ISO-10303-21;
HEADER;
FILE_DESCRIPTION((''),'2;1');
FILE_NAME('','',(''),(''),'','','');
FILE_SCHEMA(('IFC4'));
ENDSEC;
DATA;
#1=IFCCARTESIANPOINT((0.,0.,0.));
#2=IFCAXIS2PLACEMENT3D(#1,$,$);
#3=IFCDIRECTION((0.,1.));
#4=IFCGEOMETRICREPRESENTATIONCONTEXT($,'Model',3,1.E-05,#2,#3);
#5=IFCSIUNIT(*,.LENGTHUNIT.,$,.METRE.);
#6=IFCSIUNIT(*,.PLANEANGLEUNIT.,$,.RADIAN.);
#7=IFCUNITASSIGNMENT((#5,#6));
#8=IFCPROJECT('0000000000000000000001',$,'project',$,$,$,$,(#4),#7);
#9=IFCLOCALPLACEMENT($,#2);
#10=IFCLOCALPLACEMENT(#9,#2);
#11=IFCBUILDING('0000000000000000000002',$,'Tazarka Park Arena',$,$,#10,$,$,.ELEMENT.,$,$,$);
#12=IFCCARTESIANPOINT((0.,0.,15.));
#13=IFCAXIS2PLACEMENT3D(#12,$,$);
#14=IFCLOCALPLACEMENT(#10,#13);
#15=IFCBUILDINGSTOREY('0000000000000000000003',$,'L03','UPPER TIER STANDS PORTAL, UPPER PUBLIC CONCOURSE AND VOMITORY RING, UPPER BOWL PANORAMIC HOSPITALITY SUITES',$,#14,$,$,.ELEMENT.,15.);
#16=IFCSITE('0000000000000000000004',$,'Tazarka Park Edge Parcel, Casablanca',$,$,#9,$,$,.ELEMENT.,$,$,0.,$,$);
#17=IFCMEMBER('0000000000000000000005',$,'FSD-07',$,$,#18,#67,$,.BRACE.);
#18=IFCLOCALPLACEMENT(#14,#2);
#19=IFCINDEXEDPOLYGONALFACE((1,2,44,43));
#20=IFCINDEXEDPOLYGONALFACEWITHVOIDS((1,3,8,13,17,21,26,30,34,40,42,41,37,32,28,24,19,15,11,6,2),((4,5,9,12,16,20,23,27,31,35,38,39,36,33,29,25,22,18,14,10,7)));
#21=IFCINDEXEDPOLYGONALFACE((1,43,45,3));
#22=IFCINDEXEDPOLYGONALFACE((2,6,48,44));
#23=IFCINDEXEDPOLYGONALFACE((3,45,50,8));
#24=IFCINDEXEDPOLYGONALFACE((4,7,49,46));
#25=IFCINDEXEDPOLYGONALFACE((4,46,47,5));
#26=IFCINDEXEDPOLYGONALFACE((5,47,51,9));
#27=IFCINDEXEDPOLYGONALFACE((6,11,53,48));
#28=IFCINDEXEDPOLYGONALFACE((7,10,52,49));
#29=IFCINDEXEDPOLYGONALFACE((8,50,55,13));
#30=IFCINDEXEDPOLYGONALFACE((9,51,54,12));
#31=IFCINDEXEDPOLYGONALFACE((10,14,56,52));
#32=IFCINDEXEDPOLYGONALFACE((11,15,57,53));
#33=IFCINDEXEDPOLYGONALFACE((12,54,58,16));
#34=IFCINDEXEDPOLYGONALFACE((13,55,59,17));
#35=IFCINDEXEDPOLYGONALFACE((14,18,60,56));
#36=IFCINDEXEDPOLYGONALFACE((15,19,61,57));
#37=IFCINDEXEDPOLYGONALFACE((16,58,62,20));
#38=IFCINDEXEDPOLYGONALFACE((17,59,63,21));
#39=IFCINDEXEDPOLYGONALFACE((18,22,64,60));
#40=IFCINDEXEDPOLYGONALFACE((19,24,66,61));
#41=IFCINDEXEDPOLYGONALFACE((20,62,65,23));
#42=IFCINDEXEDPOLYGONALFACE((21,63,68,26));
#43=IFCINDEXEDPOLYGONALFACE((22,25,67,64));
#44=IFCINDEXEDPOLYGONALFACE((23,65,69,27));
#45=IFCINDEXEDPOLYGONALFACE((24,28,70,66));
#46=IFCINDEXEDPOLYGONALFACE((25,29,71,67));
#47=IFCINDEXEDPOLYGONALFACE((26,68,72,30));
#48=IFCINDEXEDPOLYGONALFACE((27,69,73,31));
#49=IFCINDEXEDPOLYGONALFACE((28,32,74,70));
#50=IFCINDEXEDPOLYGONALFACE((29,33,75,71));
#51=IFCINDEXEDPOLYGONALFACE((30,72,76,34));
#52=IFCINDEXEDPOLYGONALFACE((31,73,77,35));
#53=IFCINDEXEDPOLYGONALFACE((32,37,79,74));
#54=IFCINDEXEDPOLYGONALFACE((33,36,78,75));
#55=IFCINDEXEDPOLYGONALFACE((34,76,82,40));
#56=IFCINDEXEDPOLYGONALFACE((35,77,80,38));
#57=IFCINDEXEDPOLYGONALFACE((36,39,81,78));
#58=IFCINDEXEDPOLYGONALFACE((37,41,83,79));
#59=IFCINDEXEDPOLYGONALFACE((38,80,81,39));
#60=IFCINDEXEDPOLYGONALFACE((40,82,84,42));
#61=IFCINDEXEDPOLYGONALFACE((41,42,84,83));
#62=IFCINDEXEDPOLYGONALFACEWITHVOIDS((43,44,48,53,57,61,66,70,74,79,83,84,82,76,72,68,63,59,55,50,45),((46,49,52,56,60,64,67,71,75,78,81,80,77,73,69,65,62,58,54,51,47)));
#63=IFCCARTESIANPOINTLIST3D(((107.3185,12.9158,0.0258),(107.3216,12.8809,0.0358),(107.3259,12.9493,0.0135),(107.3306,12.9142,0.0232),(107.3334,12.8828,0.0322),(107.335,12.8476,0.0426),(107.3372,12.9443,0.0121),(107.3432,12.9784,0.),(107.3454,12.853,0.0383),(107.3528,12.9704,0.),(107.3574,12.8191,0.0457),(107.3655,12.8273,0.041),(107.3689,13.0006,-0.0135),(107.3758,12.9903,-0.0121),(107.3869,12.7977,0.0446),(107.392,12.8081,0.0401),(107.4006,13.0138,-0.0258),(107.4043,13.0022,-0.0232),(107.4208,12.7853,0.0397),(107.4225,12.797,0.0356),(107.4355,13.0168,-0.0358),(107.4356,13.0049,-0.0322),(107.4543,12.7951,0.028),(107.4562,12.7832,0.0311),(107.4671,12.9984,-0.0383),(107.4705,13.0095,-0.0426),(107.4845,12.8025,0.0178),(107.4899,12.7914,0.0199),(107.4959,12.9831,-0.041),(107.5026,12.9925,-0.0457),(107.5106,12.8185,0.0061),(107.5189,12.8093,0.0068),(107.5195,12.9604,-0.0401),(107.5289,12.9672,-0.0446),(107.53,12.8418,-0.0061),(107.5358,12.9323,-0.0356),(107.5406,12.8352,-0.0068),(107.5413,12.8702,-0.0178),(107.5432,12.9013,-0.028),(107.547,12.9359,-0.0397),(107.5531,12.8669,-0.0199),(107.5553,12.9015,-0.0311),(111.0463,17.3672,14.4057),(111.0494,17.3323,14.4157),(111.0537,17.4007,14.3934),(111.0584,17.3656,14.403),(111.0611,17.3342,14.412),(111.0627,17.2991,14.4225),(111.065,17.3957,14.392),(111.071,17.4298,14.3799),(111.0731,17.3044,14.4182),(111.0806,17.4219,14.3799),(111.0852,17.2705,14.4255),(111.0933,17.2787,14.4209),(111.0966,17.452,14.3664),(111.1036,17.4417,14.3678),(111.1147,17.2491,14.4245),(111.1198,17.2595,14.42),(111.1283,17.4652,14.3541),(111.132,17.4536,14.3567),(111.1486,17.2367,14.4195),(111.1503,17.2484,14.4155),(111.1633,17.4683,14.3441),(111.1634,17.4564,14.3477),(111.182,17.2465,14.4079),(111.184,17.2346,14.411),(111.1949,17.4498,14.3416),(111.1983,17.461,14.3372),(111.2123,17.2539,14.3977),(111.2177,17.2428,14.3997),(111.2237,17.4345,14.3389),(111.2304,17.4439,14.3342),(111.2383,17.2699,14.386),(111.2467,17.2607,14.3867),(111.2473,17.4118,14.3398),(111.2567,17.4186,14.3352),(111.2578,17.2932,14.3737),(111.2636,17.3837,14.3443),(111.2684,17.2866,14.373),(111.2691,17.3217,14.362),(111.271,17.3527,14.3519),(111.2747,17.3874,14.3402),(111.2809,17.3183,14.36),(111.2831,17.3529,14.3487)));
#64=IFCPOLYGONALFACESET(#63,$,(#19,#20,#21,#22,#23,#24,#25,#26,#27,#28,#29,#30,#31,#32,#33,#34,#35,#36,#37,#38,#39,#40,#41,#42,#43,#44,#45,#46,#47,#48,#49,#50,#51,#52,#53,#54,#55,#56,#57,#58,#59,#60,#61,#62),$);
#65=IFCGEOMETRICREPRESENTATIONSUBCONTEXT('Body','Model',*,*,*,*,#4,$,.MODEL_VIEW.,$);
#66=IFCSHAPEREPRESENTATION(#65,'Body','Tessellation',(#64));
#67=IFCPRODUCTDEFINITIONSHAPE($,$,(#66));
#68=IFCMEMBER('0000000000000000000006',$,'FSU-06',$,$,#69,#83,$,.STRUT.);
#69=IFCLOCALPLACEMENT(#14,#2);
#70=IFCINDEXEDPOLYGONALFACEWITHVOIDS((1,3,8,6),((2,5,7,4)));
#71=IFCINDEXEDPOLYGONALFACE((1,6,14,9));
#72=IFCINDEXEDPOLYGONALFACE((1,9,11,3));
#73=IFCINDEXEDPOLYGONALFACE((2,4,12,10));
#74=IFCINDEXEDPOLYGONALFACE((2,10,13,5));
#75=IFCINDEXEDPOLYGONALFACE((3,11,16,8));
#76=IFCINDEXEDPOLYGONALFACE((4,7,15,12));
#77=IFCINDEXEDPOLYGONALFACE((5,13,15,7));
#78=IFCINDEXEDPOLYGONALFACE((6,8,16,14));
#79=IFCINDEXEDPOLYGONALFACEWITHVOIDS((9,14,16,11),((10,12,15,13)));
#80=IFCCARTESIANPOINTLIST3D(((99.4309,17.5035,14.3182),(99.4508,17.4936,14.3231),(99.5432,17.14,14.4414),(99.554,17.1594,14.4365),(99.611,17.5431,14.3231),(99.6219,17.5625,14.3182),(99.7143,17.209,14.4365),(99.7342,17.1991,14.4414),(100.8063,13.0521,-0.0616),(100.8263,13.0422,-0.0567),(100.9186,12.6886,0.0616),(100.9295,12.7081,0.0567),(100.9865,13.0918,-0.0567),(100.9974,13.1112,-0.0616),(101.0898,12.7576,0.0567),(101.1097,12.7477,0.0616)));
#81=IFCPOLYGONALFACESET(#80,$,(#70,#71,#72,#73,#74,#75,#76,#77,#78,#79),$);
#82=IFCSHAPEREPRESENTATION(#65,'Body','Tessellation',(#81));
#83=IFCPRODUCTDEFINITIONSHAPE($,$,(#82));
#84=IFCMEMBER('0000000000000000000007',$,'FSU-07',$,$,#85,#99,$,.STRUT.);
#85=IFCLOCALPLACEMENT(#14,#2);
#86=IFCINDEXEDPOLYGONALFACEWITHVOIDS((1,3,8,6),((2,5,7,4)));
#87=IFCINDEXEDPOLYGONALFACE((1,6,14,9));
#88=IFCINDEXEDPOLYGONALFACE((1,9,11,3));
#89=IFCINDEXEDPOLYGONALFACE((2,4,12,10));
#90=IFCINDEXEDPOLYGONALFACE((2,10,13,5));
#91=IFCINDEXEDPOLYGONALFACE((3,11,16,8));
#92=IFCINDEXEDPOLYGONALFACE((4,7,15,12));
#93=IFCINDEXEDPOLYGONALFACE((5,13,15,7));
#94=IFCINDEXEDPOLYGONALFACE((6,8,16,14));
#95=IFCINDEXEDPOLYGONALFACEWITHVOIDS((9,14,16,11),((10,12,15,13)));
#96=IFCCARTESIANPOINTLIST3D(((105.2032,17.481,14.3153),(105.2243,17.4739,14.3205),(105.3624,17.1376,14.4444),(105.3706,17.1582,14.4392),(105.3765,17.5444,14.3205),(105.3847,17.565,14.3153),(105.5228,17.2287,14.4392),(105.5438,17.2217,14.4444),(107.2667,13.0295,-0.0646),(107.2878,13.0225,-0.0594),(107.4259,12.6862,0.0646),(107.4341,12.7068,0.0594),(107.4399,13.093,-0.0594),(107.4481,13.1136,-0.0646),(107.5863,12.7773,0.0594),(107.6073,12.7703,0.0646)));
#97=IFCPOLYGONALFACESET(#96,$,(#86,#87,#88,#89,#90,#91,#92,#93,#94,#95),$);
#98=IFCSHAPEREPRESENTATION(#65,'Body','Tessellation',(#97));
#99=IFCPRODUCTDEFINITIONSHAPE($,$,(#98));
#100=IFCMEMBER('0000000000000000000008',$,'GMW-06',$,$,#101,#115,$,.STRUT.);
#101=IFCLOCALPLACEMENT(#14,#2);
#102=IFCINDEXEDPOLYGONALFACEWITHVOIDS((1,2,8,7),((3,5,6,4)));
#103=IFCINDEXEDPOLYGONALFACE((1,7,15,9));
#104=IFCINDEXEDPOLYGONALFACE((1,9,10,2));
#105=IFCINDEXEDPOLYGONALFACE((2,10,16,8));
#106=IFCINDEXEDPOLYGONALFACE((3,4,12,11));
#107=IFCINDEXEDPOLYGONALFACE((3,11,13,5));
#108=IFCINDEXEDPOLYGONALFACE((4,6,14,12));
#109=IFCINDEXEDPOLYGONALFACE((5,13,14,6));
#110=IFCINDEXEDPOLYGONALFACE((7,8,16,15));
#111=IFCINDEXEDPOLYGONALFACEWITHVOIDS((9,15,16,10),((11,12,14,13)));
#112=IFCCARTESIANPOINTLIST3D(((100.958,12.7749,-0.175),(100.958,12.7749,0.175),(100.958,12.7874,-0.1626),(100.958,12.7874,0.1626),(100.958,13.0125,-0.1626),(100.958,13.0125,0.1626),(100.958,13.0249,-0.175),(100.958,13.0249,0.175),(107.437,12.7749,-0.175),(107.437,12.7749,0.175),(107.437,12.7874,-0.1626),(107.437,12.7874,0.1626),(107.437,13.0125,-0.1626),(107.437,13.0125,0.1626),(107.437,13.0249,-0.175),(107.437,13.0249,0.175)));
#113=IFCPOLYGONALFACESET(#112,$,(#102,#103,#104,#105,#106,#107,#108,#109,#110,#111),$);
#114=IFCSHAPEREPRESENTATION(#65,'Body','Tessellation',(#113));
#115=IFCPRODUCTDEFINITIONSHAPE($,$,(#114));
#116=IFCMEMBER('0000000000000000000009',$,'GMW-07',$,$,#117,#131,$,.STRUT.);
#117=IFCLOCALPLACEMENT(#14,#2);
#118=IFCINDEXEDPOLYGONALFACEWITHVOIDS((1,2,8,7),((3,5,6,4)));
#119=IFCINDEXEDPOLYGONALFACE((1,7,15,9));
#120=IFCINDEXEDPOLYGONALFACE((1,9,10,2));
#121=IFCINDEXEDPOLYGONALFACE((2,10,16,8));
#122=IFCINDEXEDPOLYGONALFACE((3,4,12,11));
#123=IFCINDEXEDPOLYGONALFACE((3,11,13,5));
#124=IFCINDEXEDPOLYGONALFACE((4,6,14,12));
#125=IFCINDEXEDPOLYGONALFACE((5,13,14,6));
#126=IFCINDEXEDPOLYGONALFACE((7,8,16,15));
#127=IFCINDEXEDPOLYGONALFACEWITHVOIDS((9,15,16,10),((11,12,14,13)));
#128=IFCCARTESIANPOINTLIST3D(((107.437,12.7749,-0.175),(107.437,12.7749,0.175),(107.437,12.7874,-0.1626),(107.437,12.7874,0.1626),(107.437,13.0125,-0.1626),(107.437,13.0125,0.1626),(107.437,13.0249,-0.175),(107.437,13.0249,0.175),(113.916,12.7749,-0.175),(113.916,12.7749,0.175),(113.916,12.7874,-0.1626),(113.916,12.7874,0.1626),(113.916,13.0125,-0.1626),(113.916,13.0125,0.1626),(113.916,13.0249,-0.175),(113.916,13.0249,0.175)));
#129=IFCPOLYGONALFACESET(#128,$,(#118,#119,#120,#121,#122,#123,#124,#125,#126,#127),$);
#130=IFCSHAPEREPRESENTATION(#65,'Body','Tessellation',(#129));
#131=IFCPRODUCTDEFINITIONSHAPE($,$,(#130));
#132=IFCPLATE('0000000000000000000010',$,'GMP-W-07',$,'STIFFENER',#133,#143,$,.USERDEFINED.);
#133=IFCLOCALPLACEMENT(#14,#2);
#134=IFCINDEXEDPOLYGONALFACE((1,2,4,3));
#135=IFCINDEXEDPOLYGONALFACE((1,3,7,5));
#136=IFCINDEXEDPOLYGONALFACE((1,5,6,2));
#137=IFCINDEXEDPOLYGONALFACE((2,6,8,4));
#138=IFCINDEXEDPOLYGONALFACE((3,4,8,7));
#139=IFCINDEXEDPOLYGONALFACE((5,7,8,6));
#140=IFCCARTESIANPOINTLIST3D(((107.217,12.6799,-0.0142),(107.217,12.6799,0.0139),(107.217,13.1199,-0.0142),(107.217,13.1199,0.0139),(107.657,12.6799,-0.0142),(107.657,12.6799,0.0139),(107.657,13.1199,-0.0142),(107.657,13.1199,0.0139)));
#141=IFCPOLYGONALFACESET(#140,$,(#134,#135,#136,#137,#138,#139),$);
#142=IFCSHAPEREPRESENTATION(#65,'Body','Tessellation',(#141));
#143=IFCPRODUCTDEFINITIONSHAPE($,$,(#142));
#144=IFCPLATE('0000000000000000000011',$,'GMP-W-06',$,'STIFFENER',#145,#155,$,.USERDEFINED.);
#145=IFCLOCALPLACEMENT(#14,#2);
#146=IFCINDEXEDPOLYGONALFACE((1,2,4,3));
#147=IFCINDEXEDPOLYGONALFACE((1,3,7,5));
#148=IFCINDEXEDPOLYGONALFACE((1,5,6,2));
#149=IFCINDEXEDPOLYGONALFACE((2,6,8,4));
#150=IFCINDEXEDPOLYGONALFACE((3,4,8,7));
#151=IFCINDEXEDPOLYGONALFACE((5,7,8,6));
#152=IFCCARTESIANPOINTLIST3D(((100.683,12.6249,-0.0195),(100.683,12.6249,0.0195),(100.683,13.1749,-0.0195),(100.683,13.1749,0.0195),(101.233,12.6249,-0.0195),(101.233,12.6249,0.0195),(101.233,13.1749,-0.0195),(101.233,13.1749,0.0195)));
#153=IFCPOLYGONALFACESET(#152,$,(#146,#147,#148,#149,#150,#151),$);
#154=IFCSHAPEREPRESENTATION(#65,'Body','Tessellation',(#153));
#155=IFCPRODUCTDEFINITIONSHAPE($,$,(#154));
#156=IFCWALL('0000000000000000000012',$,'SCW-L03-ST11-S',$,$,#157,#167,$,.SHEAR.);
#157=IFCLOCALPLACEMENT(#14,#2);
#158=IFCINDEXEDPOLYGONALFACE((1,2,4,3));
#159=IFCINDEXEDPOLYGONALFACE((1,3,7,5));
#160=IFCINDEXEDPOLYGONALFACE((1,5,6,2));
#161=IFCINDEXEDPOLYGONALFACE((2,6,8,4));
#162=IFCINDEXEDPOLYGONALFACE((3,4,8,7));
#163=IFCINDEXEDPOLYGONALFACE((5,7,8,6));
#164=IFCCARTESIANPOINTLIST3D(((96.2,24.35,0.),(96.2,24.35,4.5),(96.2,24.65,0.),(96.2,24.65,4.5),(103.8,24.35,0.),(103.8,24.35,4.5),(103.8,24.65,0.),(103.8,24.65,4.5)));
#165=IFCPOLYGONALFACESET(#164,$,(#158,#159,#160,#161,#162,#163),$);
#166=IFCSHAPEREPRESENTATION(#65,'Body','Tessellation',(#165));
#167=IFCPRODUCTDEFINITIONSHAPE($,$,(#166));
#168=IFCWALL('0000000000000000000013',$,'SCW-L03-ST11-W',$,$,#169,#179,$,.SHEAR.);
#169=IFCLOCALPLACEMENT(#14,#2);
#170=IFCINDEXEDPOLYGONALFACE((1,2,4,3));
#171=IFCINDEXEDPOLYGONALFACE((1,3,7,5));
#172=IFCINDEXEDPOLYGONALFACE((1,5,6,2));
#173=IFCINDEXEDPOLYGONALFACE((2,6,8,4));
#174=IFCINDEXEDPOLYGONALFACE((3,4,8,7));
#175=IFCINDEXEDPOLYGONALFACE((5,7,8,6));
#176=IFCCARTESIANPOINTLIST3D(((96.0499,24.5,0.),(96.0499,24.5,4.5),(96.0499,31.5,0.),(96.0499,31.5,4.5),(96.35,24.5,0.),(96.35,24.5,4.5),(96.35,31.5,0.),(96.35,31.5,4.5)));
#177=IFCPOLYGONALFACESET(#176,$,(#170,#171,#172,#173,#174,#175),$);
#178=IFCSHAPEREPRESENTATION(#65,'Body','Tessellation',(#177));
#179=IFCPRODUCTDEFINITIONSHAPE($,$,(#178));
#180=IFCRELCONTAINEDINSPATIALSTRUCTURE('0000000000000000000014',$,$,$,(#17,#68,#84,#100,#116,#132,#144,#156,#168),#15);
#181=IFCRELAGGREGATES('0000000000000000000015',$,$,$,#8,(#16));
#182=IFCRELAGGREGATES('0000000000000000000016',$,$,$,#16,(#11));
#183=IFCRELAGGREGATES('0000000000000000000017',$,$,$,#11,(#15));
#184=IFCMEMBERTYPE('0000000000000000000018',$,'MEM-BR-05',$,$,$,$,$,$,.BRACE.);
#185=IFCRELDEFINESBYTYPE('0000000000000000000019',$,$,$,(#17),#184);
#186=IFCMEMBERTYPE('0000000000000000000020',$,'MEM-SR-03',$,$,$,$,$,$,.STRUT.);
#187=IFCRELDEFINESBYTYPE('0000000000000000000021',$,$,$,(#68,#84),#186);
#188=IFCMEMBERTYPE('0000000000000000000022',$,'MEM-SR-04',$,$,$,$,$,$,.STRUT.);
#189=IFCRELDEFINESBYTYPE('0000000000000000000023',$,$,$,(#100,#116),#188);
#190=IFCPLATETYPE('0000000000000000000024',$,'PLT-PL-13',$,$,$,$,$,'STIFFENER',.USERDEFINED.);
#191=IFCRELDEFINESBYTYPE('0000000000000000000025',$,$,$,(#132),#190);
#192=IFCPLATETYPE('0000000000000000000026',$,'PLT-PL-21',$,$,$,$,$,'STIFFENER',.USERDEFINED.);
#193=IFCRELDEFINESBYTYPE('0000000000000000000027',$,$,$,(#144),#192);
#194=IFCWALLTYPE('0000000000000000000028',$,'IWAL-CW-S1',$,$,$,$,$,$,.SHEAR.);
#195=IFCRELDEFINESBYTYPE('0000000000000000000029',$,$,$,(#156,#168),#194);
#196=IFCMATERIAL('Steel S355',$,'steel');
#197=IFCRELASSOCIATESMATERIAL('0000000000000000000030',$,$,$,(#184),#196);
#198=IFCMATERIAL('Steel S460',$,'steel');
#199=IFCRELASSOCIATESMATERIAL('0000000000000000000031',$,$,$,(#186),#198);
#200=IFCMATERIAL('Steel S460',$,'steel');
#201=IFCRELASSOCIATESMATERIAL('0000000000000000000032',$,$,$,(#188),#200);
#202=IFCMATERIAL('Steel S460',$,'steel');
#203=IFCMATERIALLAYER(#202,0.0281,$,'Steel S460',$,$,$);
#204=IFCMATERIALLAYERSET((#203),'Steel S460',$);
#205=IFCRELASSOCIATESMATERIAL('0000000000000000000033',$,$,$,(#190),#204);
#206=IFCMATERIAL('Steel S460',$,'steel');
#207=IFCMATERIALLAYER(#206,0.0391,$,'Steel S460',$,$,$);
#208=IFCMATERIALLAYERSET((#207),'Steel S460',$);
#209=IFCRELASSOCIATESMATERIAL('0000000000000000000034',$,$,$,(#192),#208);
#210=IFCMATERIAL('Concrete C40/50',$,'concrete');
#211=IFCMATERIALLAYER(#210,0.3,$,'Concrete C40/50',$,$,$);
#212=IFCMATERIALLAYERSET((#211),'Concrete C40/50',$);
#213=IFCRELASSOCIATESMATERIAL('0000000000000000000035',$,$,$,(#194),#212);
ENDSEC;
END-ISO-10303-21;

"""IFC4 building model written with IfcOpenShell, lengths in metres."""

from ifc_helpers import new_model, si_unit, direction, frame, frame_2d, origin, origin_2d, place, context, subcontext, project, spatial, rectangle, hollow_rectangle, hollow_circle, extrude, material, layer, layer_set, material_profile, profile_set, type_object, element, save


model = new_model("IFC4")

# Units and contexts
model_context = context("Model", 3, precision=1e-05, world=origin(), true_north=direction((0.0, 1.0)))
body_context = subcontext(model_context, "Body", "Model", "MODEL_VIEW")
ifc_project = project(units=[si_unit("LENGTHUNIT", "METRE"), si_unit("PLANEANGLEUNIT", "RADIAN")], contexts=[model_context])

# Site, building, storey
site_placement = place(None, origin())
site = spatial("IfcSite", under=ifc_project, at=site_placement, Name="Tazarka Park Edge Parcel, Casablanca", CompositionType="ELEMENT", RefElevation=0.0)
building_placement = place(site_placement, origin())
building = spatial("IfcBuilding", under=site, at=building_placement, Name="Tazarka Park Arena", CompositionType="ELEMENT")
storey_placement = place(building_placement, frame((0.0, 0.0, 15.0)))
storey = spatial("IfcBuildingStorey", under=building, at=storey_placement, Name="L03", Description="UPPER TIER STANDS PORTAL, UPPER PUBLIC CONCOURSE AND VOMITORY RING, UPPER BOWL PANORAMIC HOSPITALITY SUITES", CompositionType="ELEMENT", Elevation=15.0)

# Members
ifc_material_1 = material(Name="Steel S355", Category="steel")
ifc_material_profile_1 = material_profile(ifc_material_1, hollow_circle(Radius=0.1223, WallThickness=0.0125, at=origin_2d()), Name="Steel S355")
ifc_profile_set_1 = profile_set([ifc_material_profile_1], Name="Steel S355")
member_type_1 = type_object("IfcMemberType", Name="MEM-BR-05", PredefinedType="BRACE", material=ifc_profile_set_1)
member_1_placement = place(storey_placement, frame((107.437, 12.8999, 0.0), z_axis=(0.240381, 0.287043, 0.927267), x_axis=(-0.766672, 0.64204, 0.0)))
element("IfcMember", 1, at=member_1_placement, inside=storey, type_object=member_type_1, Name="FSD-07", PredefinedType="BRACE", context=body_context, shape_type="SweptSolid", body=[
    extrude(hollow_circle(Radius=0.1223, WallThickness=0.0125, at=origin_2d()), origin(), (0.0, 0.0, 1.0), 15.5078),
])
ifc_material_2 = material(Name="Steel S460", Category="steel")
ifc_material_profile_2 = material_profile(ifc_material_2, hollow_rectangle(XDim=0.2, YDim=0.3999, WallThickness=0.0161, at=origin_2d()), Name="Steel S460")
ifc_profile_set_2 = profile_set([ifc_material_profile_2], Name="Steel S460")
member_type_2 = type_object("IfcMemberType", Name="MEM-SR-03", PredefinedType="STRUT", material=ifc_profile_set_2)
member_2_placement = place(storey_placement, frame((100.958, 12.8999, 0.0), z_axis=(-0.090997, 0.294487, 0.951313), x_axis=(-0.955427, -0.295227, 0.0)))
element("IfcMember", 2, at=member_2_placement, inside=storey, type_object=member_type_2, Name="FSU-06", PredefinedType="STRUT", context=body_context, shape_type="SweptSolid", body=[
    extrude(hollow_rectangle(XDim=0.2, YDim=0.3999, WallThickness=0.0161, at=origin_2d()), origin(), (0.0, 0.0, 1.0), 15.1157),
])
member_3_placement = place(storey_placement, frame((107.437, 12.8999, 0.0), z_axis=(-0.13581, 0.292974, 0.946426), x_axis=(-0.907262, -0.420566, 0.0)))
element("IfcMember", 3, at=member_3_placement, inside=storey, type_object=member_type_2, Name="FSU-07", PredefinedType="STRUT", context=body_context, shape_type="SweptSolid", body=[
    extrude(hollow_rectangle(XDim=0.2, YDim=0.3999, WallThickness=0.0161, at=origin_2d()), origin(), (0.0, 0.0, 1.0), 15.1938),
])
ifc_material_3 = material(Name="Steel S460", Category="steel")
ifc_material_profile_3 = material_profile(ifc_material_3, hollow_rectangle(XDim=0.25, YDim=0.3501, WallThickness=0.0125, at=origin_2d()), Name="Steel S460")
ifc_profile_set_3 = profile_set([ifc_material_profile_3], Name="Steel S460")
member_type_3 = type_object("IfcMemberType", Name="MEM-SR-04", PredefinedType="STRUT", material=ifc_profile_set_3)
for number, where, z_axis, x_axis, name in (
    (4, (100.958, 12.8999, 0.0), (1.0, 0.0, 0.0), (0.0, 1.0, 0.0), "GMW-06"),
    (5, (107.437, 12.8999, 0.0), (1.0, 0.0, 0.0), (0.0, 1.0, 0.0), "GMW-07"),
):
    element("IfcMember", number, at=place(storey_placement, frame(where, z_axis=z_axis, x_axis=x_axis)), inside=storey, type_object=member_type_3, Name=name, PredefinedType="STRUT", context=body_context, shape_type="SweptSolid", body=[
        extrude(hollow_rectangle(XDim=0.25, YDim=0.3501, WallThickness=0.0125, at=origin_2d()), origin(), (0.0, 0.0, 1.0), 6.479),
    ])

# Plates
ifc_material_4 = material(Name="Steel S460", Category="steel")
ifc_layer_1 = layer(ifc_material_4, 0.0281, Name="Steel S460")
ifc_layer_set_1 = layer_set([ifc_layer_1], Name="Steel S460")
plate_type_1 = type_object("IfcPlateType", Name="PLT-PL-13", ElementType="STIFFENER", PredefinedType="USERDEFINED", material=ifc_layer_set_1)
plate_1_placement = place(storey_placement, frame((107.437, 12.8999, -0.0142), z_axis=(0.0, 0.0, 1.0), x_axis=(1.0, 0.0, 0.0)))
element("IfcPlate", 6, at=plate_1_placement, inside=storey, type_object=plate_type_1, Name="GMP-W-07", ObjectType="STIFFENER", PredefinedType="USERDEFINED", context=body_context, shape_type="SweptSolid", body=[
    extrude(rectangle(XDim=0.4399, YDim=0.4399, at=origin_2d()), origin(), (0.0, 0.0, 1.0), 0.0281),
])
ifc_material_5 = material(Name="Steel S460", Category="steel")
ifc_layer_2 = layer(ifc_material_5, 0.0391, Name="Steel S460")
ifc_layer_set_2 = layer_set([ifc_layer_2], Name="Steel S460")
plate_type_2 = type_object("IfcPlateType", Name="PLT-PL-21", ElementType="STIFFENER", PredefinedType="USERDEFINED", material=ifc_layer_set_2)
plate_2_placement = place(storey_placement, frame((100.958, 12.8999, -0.0195), z_axis=(0.0, 0.0, 1.0), x_axis=(1.0, 0.0, 0.0)))
element("IfcPlate", 7, at=plate_2_placement, inside=storey, type_object=plate_type_2, Name="GMP-W-06", ObjectType="STIFFENER", PredefinedType="USERDEFINED", context=body_context, shape_type="SweptSolid", body=[
    extrude(rectangle(XDim=0.55, YDim=0.55, at=origin_2d()), origin(), (0.0, 0.0, 1.0), 0.0391),
])

# Walls
ifc_material_6 = material(Name="Concrete C40/50", Category="concrete")
ifc_layer_3 = layer(ifc_material_6, 0.3, Name="Concrete C40/50")
ifc_layer_set_3 = layer_set([ifc_layer_3], Name="Concrete C40/50")
wall_type_1 = type_object("IfcWallType", Name="IWAL-CW-S1", PredefinedType="SHEAR", material=ifc_layer_set_3)
wall_1_placement = place(storey_placement, frame((103.8, 24.5, 0.0), z_axis=(0.0, 0.0, 1.0), x_axis=(-1.0, 0.0, 0.0)))
element("IfcWall", 8, at=wall_1_placement, inside=storey, type_object=wall_type_1, Name="SCW-L03-ST11-S", PredefinedType="SHEAR", context=body_context, shape_type="SweptSolid", body=[
    extrude(rectangle(XDim=7.6001, YDim=0.3, at=frame_2d((3.8, 0.0))), origin(), (0.0, 0.0, 1.0), 4.5),
])
wall_2_placement = place(storey_placement, frame((96.2, 24.5, 0.0), z_axis=(0.0, 0.0, 1.0), x_axis=(0.0, 1.0, 0.0)))
element("IfcWall", 9, at=wall_2_placement, inside=storey, type_object=wall_type_1, Name="SCW-L03-ST11-W", PredefinedType="SHEAR", context=body_context, shape_type="SweptSolid", body=[
    extrude(rectangle(XDim=7.0, YDim=0.3, at=frame_2d((3.5, 0.0))), origin(), (0.0, 0.0, 1.0), 4.5),
])

save(model, "model.ifc")
